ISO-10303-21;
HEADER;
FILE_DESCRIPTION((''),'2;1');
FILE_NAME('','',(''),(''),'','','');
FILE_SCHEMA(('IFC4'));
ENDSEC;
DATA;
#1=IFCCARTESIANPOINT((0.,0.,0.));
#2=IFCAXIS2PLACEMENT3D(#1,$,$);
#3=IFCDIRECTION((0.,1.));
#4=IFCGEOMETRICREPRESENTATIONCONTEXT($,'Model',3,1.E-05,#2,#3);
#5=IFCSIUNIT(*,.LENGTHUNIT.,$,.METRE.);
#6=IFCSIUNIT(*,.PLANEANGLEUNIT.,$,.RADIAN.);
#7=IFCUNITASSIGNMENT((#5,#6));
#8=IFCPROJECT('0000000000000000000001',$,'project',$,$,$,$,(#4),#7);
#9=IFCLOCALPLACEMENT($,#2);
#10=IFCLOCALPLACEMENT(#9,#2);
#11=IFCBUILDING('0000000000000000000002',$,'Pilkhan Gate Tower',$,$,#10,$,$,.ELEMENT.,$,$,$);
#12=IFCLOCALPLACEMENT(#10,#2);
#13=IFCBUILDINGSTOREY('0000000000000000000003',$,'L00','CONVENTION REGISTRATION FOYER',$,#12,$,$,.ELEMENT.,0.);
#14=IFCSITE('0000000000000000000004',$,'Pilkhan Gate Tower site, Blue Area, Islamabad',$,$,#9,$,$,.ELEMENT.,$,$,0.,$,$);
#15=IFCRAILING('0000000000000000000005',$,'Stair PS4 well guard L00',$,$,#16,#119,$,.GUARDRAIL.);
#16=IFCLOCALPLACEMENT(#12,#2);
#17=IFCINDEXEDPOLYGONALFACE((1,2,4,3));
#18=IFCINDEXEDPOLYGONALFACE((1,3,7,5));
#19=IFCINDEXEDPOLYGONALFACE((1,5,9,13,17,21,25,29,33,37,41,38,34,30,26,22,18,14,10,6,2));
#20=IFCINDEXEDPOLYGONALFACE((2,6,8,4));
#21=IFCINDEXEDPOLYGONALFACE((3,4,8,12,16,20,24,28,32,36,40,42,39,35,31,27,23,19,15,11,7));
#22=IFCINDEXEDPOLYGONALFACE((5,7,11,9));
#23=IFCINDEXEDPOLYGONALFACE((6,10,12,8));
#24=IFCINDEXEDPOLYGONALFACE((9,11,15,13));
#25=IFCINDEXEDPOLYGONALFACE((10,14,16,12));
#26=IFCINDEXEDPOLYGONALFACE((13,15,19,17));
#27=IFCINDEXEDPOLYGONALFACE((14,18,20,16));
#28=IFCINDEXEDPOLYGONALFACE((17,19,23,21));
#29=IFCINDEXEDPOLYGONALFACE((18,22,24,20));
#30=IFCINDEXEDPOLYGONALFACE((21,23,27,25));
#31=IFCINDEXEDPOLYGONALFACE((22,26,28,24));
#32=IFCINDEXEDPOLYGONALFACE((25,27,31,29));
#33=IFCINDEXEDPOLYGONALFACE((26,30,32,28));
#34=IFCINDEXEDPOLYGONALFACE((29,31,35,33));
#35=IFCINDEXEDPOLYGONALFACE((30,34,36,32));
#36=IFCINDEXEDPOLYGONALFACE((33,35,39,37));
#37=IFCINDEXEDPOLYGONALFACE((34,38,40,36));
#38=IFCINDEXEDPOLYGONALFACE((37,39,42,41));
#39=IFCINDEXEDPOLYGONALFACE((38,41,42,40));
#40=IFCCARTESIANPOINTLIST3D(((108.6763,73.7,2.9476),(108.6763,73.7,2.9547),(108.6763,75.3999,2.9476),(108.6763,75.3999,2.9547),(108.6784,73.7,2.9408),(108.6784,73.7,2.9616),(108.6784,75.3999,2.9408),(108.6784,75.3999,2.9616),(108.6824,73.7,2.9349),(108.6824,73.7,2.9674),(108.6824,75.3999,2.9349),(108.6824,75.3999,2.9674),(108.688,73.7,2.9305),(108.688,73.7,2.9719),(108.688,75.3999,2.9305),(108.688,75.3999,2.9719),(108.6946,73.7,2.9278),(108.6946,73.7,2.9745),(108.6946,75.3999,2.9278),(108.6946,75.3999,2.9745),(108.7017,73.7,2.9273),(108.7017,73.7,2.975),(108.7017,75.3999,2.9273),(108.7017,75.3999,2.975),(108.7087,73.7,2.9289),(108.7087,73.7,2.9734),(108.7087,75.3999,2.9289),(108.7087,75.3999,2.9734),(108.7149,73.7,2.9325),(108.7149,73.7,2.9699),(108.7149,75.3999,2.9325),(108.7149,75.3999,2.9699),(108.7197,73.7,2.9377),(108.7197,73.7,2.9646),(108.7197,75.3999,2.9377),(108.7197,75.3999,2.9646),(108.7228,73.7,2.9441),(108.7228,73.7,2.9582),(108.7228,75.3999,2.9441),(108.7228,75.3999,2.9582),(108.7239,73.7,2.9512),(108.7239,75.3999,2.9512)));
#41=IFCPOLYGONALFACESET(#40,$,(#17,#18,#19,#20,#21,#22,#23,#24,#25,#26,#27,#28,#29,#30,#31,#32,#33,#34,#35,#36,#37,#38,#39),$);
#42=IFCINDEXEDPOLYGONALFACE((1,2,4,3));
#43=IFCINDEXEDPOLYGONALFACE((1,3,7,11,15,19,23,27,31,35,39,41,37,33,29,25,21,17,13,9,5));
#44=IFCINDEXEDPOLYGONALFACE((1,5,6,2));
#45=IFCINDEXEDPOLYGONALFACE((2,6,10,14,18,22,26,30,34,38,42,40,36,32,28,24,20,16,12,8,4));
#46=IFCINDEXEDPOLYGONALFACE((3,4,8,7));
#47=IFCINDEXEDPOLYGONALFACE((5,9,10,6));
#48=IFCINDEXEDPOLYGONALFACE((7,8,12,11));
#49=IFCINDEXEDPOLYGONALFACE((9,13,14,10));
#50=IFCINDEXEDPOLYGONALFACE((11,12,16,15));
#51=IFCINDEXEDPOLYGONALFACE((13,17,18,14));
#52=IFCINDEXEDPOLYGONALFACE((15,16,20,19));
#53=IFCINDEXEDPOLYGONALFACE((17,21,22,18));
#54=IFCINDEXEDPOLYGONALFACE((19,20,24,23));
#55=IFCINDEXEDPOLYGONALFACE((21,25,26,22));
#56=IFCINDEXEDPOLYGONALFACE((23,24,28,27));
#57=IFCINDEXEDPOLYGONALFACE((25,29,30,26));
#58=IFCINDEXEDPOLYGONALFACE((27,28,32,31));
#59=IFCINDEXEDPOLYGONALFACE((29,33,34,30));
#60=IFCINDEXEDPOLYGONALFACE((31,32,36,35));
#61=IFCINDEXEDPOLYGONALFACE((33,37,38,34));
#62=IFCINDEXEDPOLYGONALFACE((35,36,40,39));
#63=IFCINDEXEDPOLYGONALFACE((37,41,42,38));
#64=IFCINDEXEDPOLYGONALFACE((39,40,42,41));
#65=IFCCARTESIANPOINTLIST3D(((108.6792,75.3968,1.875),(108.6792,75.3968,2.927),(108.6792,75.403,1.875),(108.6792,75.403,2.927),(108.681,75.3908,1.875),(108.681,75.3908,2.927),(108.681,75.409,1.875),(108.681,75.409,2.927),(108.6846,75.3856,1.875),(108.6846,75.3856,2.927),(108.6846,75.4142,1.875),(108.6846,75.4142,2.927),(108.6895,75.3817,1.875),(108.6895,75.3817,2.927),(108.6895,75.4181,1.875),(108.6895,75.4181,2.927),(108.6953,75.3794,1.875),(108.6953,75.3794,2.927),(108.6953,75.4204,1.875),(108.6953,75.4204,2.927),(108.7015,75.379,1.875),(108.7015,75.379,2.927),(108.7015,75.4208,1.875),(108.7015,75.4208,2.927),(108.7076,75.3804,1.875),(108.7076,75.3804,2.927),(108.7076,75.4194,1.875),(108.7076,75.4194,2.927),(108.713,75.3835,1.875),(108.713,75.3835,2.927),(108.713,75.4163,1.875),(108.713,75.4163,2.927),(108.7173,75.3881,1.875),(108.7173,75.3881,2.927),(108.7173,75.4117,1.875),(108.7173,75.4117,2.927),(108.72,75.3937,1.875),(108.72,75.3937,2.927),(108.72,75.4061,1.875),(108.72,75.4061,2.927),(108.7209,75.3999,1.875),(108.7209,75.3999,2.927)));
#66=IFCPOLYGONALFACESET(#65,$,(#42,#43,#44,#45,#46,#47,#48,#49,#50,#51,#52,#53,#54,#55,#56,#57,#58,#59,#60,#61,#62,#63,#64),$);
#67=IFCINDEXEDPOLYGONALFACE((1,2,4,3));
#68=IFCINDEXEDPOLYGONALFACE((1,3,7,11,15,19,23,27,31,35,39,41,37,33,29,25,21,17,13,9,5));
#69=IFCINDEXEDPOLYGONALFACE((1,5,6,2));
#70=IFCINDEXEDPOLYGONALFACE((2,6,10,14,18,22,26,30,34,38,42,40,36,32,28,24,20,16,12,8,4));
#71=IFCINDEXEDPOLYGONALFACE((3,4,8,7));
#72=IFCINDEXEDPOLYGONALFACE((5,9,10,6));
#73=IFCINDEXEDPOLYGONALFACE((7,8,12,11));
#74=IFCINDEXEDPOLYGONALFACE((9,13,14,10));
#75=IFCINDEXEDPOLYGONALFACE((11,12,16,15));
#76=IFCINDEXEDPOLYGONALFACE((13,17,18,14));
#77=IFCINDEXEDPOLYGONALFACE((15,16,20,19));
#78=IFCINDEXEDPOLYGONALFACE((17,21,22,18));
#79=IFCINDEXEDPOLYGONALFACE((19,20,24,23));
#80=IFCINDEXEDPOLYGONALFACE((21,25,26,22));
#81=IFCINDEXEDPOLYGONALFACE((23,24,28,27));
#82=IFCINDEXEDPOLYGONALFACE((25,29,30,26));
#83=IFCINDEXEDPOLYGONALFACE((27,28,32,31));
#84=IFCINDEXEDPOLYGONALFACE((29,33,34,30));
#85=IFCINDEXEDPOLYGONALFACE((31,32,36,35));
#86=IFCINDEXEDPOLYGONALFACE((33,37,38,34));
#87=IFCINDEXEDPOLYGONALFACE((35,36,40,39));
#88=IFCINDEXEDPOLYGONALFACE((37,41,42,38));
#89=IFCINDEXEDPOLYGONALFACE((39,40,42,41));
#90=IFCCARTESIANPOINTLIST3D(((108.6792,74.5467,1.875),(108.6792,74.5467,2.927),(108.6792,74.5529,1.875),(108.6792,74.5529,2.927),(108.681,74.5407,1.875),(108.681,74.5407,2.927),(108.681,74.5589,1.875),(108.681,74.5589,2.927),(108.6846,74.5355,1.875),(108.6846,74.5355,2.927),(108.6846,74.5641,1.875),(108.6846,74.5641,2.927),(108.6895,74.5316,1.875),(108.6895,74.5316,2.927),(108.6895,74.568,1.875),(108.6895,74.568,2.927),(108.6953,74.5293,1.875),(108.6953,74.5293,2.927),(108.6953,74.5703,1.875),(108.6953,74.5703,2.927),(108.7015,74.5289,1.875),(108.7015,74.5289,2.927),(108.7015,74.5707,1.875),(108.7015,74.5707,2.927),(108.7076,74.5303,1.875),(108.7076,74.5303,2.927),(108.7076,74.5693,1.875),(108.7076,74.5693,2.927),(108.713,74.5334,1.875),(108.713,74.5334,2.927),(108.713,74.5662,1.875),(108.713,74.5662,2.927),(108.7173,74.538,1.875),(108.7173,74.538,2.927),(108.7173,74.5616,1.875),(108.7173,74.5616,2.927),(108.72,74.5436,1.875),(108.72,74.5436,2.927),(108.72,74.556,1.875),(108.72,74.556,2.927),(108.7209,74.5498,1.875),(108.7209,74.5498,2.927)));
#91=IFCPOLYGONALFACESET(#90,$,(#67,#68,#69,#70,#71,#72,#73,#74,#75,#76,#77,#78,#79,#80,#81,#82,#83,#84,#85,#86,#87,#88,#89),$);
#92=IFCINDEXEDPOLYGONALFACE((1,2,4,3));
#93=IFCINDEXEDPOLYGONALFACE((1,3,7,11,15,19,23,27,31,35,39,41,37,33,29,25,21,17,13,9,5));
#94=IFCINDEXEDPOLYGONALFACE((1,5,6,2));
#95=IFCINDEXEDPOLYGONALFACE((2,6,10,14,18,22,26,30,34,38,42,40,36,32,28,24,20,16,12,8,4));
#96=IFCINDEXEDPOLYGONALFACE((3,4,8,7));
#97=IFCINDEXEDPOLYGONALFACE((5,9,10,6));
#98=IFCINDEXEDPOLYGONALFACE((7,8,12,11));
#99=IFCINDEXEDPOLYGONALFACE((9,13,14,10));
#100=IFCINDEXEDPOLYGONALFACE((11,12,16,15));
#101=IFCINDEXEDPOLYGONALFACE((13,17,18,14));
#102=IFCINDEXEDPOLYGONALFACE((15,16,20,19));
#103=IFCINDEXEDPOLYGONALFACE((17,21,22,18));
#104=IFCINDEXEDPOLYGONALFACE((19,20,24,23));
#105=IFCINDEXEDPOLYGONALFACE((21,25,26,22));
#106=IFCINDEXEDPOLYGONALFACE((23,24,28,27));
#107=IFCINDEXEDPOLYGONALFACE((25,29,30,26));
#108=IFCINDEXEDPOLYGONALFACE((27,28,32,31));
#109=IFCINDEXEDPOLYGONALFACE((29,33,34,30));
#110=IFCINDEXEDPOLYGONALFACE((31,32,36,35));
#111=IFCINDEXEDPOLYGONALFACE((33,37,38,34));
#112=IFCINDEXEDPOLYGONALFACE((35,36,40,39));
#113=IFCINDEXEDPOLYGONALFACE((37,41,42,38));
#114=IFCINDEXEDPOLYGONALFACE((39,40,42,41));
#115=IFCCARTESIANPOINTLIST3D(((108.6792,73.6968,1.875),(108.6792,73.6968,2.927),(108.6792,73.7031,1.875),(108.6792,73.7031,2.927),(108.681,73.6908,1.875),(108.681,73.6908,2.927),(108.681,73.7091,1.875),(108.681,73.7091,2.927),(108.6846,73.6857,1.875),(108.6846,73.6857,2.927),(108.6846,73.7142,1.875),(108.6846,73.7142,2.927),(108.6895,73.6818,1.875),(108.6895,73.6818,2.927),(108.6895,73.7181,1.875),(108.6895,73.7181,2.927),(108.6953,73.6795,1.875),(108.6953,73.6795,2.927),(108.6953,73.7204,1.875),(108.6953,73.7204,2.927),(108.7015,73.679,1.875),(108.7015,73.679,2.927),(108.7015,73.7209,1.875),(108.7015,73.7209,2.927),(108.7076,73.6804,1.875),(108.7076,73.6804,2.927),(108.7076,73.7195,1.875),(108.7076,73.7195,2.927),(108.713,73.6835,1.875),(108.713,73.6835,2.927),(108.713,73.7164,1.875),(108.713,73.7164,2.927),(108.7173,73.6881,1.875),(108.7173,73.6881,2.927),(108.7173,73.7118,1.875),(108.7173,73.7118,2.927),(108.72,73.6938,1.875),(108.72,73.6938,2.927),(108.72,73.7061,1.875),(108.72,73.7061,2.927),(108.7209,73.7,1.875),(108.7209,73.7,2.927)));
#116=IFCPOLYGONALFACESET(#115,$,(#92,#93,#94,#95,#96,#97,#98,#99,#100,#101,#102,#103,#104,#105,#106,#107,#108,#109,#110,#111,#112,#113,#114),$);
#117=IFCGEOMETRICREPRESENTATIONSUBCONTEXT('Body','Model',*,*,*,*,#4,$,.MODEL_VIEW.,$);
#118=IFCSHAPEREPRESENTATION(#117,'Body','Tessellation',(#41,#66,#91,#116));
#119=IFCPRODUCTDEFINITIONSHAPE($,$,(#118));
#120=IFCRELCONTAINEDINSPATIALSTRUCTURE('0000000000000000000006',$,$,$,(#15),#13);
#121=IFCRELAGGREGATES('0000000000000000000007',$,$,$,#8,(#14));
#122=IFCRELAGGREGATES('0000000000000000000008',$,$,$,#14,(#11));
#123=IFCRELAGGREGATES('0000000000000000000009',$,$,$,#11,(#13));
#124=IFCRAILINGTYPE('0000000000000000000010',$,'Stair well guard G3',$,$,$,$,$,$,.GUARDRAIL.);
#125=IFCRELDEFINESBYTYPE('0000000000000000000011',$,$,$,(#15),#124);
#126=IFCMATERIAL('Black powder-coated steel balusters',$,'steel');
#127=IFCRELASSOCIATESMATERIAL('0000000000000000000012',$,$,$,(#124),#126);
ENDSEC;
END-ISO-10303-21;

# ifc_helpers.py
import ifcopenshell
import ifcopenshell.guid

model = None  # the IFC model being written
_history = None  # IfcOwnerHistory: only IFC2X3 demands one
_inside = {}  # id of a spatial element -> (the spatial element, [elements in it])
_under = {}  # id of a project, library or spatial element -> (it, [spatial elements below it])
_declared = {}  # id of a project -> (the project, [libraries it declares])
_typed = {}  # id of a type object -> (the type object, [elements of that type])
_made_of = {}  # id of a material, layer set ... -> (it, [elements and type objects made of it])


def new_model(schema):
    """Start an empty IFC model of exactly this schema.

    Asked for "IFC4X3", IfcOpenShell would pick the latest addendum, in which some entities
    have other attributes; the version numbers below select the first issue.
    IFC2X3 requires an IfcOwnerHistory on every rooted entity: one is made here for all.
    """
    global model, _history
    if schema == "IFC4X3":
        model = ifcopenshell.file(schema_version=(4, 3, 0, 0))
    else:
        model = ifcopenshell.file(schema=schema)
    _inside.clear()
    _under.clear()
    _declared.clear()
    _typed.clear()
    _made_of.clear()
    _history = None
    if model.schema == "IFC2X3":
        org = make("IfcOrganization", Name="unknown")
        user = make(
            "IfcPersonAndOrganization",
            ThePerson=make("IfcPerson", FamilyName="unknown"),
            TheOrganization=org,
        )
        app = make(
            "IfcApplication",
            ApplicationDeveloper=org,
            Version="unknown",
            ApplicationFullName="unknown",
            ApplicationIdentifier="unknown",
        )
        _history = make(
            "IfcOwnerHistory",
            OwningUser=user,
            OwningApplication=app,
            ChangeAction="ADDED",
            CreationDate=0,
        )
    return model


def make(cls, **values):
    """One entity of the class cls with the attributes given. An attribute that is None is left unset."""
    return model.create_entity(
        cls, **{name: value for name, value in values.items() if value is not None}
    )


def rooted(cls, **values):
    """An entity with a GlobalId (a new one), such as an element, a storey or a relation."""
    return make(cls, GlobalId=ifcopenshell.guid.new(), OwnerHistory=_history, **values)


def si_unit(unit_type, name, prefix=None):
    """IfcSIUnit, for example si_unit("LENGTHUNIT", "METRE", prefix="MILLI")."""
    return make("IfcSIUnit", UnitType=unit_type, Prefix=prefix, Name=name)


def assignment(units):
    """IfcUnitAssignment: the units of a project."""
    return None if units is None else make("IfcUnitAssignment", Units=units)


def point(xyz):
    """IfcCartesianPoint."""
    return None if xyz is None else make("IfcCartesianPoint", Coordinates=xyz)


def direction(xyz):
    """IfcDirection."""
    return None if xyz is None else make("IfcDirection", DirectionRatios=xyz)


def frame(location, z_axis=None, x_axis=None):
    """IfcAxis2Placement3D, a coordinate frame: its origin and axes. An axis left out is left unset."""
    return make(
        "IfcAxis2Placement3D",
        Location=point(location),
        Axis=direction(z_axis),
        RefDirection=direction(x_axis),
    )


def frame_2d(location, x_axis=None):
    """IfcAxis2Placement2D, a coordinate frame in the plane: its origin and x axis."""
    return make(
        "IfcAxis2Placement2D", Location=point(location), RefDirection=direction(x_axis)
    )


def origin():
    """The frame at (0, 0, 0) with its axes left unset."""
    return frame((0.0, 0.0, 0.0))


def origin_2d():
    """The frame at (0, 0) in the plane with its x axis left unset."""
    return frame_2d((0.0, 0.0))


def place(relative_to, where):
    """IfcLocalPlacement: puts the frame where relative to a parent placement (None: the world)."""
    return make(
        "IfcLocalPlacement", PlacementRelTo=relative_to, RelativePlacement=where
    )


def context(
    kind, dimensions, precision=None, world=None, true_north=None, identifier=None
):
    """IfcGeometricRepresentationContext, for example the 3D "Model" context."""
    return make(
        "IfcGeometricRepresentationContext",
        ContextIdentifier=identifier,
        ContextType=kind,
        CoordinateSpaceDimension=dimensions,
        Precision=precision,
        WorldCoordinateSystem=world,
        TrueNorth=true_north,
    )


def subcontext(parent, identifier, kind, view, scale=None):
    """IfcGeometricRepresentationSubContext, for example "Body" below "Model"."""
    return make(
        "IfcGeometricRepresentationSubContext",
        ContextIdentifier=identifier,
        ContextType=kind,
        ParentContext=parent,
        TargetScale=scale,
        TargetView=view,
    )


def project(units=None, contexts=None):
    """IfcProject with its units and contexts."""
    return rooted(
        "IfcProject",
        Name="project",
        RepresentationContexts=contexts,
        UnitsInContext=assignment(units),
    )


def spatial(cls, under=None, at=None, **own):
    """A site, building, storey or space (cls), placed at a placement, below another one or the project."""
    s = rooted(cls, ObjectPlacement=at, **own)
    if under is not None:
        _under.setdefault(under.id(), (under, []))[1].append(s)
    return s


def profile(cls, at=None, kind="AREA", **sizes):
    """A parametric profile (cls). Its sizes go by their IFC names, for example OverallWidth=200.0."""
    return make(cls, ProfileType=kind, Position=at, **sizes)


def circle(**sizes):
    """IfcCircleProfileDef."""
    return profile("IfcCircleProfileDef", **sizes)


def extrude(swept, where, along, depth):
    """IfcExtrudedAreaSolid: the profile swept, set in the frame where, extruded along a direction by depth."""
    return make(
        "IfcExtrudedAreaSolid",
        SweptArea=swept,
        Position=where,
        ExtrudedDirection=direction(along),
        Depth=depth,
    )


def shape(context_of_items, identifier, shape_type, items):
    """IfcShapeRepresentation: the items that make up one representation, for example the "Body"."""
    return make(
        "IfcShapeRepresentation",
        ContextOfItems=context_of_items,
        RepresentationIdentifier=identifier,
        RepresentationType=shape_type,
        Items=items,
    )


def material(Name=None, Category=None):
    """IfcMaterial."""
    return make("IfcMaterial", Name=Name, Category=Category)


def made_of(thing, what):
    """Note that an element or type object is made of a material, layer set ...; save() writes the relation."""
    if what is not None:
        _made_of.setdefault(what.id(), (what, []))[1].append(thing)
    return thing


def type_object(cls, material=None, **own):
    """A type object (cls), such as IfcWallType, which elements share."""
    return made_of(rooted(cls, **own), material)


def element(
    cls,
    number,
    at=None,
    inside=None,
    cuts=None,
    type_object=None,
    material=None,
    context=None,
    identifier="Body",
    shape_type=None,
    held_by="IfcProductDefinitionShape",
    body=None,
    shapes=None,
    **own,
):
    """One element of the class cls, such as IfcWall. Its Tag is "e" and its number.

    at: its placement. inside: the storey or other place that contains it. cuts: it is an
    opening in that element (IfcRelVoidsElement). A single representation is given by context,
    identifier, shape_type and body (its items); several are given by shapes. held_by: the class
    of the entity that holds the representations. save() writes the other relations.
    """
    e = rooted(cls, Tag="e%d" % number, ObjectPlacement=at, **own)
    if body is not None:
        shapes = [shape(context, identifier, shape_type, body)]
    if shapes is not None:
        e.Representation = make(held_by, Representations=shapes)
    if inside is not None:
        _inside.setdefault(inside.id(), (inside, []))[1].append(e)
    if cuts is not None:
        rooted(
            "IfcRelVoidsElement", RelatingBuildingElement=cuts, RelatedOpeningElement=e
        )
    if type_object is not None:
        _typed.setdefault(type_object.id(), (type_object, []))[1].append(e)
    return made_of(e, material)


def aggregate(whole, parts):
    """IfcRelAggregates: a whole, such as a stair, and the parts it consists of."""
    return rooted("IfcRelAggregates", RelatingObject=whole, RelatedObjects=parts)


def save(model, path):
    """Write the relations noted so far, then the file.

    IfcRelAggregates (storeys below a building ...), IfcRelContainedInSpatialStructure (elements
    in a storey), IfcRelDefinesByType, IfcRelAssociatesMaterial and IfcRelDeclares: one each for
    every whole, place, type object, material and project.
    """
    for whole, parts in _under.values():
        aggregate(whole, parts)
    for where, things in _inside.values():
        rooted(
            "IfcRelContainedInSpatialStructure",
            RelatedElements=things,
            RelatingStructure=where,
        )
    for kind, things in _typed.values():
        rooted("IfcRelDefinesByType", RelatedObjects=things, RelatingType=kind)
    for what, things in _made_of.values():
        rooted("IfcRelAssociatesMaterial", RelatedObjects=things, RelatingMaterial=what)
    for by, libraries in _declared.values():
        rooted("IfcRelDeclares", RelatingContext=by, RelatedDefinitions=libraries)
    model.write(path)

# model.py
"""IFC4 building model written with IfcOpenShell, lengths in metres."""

from ifc_helpers import new_model, si_unit, direction, frame, origin, origin_2d, place, context, subcontext, project, spatial, circle, extrude, material, type_object, element, save


model = new_model("IFC4")

# Units and contexts
model_context = context("Model", 3, precision=1e-05, world=origin(), true_north=direction((0.0, 1.0)))
body_context = subcontext(model_context, "Body", "Model", "MODEL_VIEW")
ifc_project = project(units=[si_unit("LENGTHUNIT", "METRE"), si_unit("PLANEANGLEUNIT", "RADIAN")], contexts=[model_context])

# Site, building, storey
site_placement = place(None, origin())
site = spatial("IfcSite", under=ifc_project, at=site_placement, Name="Pilkhan Gate Tower site, Blue Area, Islamabad", CompositionType="ELEMENT", RefElevation=0.0)
building_placement = place(site_placement, origin())
building = spatial("IfcBuilding", under=site, at=building_placement, Name="Pilkhan Gate Tower", CompositionType="ELEMENT")
storey_placement = place(building_placement, origin())
storey = spatial("IfcBuildingStorey", under=building, at=storey_placement, Name="L00", Description="CONVENTION REGISTRATION FOYER", CompositionType="ELEMENT", Elevation=0.0)

# Railing
ifc_material_1 = material(Name="Black powder-coated steel balusters", Category="steel")
railing_type = type_object("IfcRailingType", Name="Stair well guard G3", PredefinedType="GUARDRAIL", material=ifc_material_1)
railing_1_placement = place(storey_placement, frame((108.7, 75.3999, 1.875)))
element("IfcRailing", 1, at=railing_1_placement, inside=storey, type_object=railing_type, Name="Stair PS4 well guard L00", PredefinedType="GUARDRAIL", context=body_context, shape_type="SweptSolid", body=[
    extrude(circle(Radius=0.0239, at=origin_2d()), frame((0.0, 0.0, 1.0762), z_axis=(0.0, -1.0, 0.0), x_axis=(1.0, 0.0, 0.0)), (0.0, 0.0, 1.0), 1.7),
    extrude(circle(Radius=0.021, at=origin_2d()), origin(), (0.0, 0.0, 1.0), 1.052),
    extrude(circle(Radius=0.021, at=origin_2d()), frame((0.0, -0.8501, 0.0)), (0.0, 0.0, 1.0), 1.052),
    extrude(circle(Radius=0.021, at=origin_2d()), frame((0.0, -1.7, 0.0)), (0.0, 0.0, 1.0), 1.052),
])

save(model, "model.ifc")
